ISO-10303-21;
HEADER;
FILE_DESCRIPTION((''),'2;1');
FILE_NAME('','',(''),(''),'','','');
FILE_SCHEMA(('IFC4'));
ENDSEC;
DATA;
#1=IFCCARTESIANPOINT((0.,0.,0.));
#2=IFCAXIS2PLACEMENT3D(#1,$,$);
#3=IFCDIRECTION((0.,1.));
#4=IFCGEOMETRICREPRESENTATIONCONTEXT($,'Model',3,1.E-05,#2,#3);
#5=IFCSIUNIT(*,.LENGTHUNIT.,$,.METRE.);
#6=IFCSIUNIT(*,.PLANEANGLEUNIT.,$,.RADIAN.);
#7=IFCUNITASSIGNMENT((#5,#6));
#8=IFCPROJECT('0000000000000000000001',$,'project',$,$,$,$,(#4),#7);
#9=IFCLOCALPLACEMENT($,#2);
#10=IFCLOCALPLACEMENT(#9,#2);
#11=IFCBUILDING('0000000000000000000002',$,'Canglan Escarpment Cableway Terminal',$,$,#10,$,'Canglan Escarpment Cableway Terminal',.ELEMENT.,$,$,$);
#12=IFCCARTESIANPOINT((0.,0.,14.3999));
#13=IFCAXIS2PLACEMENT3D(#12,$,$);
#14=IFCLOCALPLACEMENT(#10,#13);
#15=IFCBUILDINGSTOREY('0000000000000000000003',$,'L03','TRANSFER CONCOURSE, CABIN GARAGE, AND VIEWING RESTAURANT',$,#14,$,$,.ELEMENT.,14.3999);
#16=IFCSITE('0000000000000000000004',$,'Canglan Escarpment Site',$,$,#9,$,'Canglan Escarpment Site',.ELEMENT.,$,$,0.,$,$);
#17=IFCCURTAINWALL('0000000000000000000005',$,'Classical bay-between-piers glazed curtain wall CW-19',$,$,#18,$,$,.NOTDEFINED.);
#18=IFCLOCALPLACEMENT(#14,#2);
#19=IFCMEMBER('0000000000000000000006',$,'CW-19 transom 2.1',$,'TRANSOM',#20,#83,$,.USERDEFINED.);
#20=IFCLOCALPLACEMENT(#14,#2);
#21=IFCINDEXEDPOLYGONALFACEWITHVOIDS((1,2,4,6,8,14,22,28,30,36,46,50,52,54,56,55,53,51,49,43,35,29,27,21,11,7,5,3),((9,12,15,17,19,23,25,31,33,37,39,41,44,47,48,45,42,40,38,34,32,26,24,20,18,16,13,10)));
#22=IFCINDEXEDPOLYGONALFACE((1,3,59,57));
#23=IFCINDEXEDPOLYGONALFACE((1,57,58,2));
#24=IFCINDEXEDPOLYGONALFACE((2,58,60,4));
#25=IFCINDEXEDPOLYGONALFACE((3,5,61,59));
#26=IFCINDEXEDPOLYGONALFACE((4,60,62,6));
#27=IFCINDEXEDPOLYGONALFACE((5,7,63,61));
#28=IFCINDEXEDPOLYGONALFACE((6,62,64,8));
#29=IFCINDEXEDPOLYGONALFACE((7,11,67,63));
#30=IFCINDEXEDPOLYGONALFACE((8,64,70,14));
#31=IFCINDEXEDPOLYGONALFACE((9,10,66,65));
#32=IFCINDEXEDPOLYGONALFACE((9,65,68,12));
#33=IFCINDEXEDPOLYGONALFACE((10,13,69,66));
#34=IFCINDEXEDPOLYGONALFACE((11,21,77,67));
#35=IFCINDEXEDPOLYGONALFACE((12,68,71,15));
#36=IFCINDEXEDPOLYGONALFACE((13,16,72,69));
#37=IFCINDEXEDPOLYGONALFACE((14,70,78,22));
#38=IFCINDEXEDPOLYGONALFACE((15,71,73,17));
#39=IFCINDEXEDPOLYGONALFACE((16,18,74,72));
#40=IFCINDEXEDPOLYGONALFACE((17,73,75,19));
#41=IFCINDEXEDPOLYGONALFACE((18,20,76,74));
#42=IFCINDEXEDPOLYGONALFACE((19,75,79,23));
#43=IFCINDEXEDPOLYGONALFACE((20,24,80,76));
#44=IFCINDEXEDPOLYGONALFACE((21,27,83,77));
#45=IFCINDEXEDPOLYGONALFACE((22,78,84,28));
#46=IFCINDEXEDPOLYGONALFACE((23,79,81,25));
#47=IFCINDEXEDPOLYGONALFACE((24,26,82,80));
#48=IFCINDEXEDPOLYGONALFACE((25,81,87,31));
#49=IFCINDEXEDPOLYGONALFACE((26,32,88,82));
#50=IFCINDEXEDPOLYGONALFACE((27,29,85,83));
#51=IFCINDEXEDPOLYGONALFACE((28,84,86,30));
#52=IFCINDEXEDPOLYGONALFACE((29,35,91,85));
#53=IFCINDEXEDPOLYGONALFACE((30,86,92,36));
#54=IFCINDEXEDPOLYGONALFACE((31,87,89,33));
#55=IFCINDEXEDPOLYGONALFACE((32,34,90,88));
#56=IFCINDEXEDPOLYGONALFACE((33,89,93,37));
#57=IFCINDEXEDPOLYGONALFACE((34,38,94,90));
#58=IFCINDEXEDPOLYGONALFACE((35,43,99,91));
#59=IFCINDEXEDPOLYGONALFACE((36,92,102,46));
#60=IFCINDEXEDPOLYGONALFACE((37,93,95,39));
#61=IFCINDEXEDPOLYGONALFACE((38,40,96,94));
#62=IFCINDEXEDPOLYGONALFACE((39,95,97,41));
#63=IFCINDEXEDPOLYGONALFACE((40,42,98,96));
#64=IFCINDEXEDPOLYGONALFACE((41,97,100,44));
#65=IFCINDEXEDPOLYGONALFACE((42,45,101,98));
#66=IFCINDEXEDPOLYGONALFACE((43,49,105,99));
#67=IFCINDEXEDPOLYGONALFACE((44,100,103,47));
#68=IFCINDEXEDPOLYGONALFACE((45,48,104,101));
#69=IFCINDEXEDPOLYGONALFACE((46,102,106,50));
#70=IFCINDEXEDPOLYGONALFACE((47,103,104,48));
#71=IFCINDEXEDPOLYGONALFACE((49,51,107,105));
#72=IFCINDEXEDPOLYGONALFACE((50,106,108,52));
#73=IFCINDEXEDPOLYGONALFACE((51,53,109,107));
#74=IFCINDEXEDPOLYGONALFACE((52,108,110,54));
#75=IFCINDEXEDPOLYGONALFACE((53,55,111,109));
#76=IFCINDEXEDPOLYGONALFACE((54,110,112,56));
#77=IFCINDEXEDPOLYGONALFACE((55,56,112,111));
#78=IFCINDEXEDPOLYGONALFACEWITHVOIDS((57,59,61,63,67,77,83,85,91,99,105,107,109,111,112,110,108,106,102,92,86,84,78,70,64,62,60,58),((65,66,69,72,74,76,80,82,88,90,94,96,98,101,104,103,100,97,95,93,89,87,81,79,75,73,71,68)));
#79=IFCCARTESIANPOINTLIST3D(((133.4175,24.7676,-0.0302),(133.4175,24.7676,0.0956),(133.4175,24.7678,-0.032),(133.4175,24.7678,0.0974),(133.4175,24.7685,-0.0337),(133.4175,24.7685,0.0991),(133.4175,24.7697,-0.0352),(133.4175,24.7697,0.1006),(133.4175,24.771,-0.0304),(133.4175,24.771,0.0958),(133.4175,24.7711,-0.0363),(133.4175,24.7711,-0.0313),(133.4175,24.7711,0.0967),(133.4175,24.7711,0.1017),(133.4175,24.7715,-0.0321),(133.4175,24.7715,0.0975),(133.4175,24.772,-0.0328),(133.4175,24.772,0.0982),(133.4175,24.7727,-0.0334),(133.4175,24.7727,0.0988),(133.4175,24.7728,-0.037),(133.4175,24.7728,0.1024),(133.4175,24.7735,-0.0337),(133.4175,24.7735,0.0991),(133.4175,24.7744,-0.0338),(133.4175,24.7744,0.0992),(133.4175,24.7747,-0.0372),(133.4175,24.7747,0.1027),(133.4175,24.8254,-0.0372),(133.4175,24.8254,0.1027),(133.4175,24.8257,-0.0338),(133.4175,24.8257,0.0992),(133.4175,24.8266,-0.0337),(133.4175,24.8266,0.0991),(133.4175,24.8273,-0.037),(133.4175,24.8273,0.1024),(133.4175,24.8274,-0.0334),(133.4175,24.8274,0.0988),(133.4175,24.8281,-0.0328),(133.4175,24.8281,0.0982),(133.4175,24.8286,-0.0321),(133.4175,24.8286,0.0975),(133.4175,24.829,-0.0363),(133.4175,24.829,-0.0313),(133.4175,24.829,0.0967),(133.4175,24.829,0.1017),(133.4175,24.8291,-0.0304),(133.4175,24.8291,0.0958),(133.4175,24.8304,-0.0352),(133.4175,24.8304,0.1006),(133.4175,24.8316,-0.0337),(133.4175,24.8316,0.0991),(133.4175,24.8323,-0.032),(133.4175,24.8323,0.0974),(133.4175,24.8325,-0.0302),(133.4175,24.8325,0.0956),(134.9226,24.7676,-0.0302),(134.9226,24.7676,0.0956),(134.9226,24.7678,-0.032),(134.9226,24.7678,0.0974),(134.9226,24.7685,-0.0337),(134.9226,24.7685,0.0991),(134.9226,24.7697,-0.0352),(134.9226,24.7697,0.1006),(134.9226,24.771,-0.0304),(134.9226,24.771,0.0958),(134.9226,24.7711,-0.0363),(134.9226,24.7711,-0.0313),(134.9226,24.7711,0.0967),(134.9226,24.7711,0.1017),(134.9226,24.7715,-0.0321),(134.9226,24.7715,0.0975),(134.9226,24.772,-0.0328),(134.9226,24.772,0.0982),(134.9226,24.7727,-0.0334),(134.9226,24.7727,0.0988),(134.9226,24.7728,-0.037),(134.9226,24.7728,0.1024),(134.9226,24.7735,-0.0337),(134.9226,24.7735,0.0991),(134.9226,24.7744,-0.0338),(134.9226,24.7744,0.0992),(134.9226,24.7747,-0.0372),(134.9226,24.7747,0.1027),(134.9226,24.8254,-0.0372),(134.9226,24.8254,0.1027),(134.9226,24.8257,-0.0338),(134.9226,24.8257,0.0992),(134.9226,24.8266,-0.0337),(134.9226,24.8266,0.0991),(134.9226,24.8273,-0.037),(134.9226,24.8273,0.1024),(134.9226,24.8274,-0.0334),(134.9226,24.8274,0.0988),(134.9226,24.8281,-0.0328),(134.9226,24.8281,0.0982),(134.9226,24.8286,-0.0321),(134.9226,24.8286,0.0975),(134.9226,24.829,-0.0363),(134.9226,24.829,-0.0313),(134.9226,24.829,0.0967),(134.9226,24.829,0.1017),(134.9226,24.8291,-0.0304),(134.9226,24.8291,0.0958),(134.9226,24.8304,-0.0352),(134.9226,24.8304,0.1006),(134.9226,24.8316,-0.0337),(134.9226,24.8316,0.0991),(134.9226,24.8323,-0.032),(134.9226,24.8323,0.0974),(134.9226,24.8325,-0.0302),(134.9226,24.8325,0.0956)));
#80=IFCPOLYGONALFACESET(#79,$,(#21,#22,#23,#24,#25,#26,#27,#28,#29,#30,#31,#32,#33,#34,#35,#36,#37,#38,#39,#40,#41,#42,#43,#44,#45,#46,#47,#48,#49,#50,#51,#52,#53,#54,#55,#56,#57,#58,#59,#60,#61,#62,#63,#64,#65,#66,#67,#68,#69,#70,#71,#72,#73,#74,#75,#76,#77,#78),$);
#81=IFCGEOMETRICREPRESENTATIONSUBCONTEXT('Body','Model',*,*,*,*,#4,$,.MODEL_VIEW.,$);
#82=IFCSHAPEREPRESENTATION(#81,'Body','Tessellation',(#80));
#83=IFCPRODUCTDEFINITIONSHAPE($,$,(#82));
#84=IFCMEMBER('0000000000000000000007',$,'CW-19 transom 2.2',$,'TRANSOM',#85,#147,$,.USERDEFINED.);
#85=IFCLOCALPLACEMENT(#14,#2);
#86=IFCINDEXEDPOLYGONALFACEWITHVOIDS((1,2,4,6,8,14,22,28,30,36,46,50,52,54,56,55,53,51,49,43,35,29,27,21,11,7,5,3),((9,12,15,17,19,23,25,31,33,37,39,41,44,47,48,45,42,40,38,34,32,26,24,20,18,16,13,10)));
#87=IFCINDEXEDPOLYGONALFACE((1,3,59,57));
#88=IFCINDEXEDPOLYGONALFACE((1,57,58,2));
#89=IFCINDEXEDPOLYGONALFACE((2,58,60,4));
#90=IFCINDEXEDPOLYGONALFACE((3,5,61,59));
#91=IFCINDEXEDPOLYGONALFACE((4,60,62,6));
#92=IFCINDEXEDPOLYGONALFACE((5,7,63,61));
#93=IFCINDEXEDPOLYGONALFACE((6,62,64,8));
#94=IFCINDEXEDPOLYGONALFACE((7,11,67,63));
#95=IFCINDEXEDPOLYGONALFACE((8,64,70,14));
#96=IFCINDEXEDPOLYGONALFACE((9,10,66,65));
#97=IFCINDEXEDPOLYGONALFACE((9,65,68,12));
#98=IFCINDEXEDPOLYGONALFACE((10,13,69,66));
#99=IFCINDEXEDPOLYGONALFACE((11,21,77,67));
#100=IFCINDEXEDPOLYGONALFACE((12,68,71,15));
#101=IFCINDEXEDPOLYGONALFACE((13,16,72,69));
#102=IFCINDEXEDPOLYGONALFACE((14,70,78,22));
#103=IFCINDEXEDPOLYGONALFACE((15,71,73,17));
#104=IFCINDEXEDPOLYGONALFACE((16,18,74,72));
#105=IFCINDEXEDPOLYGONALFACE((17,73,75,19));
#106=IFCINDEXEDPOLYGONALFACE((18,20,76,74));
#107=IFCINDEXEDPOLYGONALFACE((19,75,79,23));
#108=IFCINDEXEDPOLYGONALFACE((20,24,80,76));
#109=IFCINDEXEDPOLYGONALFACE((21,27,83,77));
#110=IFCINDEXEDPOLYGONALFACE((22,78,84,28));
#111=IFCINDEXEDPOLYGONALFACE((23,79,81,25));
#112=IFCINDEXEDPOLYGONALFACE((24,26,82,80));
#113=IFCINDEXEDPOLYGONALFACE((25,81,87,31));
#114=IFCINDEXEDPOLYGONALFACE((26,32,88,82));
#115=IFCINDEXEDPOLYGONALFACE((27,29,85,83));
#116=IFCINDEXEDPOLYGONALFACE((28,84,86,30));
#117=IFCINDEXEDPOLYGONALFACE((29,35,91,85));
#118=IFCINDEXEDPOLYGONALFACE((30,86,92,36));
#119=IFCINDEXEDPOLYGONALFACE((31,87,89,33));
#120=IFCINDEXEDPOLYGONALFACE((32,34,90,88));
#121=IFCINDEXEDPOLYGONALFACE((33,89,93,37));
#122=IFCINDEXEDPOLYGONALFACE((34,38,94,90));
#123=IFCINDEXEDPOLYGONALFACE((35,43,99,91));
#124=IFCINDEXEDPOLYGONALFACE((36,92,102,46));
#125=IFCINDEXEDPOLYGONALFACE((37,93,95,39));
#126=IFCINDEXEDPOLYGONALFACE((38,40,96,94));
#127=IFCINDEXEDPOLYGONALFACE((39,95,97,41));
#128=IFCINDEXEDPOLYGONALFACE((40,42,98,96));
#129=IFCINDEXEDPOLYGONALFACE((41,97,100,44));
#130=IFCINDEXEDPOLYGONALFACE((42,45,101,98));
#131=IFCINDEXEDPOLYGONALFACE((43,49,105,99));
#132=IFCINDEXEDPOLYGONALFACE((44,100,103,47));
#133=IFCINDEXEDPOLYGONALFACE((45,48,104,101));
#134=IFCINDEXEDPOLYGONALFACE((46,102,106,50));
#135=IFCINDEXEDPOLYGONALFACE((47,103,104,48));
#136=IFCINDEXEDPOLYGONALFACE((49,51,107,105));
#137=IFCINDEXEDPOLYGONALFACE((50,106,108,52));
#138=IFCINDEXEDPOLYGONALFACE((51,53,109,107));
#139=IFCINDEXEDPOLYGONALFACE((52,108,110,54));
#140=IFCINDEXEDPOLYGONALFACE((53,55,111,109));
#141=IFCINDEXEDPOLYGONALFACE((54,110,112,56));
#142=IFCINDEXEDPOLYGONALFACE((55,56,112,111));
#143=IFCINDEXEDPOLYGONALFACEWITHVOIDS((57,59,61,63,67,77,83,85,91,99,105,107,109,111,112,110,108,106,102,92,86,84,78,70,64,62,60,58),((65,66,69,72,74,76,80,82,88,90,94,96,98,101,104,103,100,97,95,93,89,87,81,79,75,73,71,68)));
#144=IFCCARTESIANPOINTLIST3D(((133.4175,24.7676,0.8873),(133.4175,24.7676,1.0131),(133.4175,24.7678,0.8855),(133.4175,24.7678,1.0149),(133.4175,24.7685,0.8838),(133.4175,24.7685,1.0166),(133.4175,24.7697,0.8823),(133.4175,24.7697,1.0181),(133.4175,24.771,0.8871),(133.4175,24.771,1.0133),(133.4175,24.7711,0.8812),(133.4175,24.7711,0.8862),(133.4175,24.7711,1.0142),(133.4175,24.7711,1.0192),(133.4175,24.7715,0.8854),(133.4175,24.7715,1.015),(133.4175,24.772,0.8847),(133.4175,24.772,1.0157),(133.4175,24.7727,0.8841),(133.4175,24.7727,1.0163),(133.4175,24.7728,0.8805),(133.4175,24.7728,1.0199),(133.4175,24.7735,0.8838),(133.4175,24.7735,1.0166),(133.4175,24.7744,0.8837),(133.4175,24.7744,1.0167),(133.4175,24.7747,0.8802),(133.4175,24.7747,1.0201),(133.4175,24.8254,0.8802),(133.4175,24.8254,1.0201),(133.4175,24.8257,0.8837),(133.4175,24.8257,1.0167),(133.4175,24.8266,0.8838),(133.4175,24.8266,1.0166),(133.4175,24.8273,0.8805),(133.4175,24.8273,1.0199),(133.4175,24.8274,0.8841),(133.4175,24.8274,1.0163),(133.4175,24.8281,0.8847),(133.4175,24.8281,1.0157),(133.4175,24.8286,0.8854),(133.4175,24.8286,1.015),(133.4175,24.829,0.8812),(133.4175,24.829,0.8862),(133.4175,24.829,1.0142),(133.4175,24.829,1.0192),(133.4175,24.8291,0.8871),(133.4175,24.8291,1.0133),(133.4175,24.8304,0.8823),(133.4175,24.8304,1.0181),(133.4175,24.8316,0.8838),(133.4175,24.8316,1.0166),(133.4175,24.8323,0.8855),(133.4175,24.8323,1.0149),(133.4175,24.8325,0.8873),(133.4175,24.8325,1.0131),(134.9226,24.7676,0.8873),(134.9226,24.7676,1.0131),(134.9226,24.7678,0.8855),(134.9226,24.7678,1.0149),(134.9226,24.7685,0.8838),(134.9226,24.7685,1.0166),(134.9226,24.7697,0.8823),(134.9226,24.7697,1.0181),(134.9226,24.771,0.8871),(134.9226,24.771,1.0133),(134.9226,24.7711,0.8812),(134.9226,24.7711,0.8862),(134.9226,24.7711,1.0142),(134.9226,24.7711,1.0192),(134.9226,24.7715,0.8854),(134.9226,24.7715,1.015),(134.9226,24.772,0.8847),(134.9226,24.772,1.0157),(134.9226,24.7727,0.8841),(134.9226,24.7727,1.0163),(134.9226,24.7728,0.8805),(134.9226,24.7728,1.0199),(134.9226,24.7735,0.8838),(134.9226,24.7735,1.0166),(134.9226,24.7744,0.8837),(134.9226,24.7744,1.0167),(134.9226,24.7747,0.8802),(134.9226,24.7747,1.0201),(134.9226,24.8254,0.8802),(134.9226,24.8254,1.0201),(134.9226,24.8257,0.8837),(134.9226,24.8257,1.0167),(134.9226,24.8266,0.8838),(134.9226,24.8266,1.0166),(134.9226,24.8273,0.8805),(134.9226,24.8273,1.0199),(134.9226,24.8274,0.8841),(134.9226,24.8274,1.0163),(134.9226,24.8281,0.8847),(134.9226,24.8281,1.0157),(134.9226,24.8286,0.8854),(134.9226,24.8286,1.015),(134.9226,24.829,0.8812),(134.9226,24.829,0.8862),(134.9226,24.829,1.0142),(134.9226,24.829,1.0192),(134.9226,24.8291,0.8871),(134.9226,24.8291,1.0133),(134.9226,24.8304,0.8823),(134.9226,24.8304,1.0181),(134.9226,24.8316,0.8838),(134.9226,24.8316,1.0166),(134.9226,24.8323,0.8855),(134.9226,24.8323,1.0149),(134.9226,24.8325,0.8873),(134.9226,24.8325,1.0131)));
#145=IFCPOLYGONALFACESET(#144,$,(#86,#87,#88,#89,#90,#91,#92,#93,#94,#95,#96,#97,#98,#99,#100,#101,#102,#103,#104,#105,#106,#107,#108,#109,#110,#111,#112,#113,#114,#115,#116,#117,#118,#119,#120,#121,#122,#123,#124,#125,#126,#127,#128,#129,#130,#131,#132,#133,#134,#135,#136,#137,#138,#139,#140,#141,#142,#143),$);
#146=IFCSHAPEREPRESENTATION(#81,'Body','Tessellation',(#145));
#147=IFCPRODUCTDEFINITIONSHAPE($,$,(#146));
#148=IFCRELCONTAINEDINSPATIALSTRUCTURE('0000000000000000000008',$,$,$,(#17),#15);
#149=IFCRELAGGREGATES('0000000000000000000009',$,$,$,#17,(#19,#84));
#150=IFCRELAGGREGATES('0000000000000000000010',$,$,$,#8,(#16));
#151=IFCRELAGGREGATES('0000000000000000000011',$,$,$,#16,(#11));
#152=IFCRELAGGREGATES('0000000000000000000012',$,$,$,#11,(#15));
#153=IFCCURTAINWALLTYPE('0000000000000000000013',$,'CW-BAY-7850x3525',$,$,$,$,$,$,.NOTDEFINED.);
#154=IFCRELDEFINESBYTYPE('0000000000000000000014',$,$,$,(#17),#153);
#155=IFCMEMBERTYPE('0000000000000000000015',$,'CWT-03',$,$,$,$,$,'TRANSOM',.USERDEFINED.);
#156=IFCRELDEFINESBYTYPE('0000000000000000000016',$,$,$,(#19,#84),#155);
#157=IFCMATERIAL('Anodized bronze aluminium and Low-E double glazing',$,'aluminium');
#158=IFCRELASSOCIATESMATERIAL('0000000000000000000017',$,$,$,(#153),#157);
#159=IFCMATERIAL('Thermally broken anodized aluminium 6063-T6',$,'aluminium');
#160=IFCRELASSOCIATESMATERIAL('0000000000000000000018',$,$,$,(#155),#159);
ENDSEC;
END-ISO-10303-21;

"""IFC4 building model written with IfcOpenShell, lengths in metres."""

from ifc_helpers import new_model, si_unit, direction, frame, origin, origin_2d, place, context, subcontext, project, spatial, hollow_rectangle, extrude, material, material_profile, profile_set, type_object, element, aggregate, save


model = new_model("IFC4")

# Units and contexts
model_context = context("Model", 3, precision=1e-05, world=origin(), true_north=direction((0.0, 1.0)))
body_context = subcontext(model_context, "Body", "Model", "MODEL_VIEW")
ifc_project = project(units=[si_unit("LENGTHUNIT", "METRE"), si_unit("PLANEANGLEUNIT", "RADIAN")], contexts=[model_context])

# Site, building, storey
site_placement = place(None, origin())
site = spatial("IfcSite", under=ifc_project, at=site_placement, Name="Canglan Escarpment Site", LongName="Canglan Escarpment Site", CompositionType="ELEMENT", RefElevation=0.0)
building_placement = place(site_placement, origin())
building = spatial("IfcBuilding", under=site, at=building_placement, Name="Canglan Escarpment Cableway Terminal", LongName="Canglan Escarpment Cableway Terminal", CompositionType="ELEMENT")
storey_placement = place(building_placement, frame((0.0, 0.0, 14.3999)))
storey = spatial("IfcBuildingStorey", under=building, at=storey_placement, Name="L03", Description="TRANSFER CONCOURSE, CABIN GARAGE, AND VIEWING RESTAURANT", CompositionType="ELEMENT", Elevation=14.3999)

# Curtain wall, members
ifc_material_1 = material(Name="Anodized bronze aluminium and Low-E double glazing", Category="aluminium")
curtain_wall_type = type_object("IfcCurtainWallType", Name="CW-BAY-7850x3525", PredefinedType="NOTDEFINED", material=ifc_material_1)
curtain_wall_placement = place(storey_placement, origin())
curtain_wall = element("IfcCurtainWall", 1, at=curtain_wall_placement, inside=storey, type_object=curtain_wall_type, Name="Classical bay-between-piers glazed curtain wall CW-19", PredefinedType="NOTDEFINED")
ifc_material_2 = material(Name="Thermally broken anodized aluminium 6063-T6", Category="aluminium")
ifc_material_profile_1 = material_profile(ifc_material_2, hollow_rectangle(XDim=0.0649, YDim=0.1399, WallThickness=0.0034, InnerFilletRadius=0.0034, OuterFilletRadius=0.0071, at=origin_2d()), Name="ALU-TRAN 65x140x3.5")
ifc_profile_set_1 = profile_set([ifc_material_profile_1], Name="Thermally broken anodized aluminium 6063-T6")
member_type_1 = type_object("IfcMemberType", Name="CWT-03", ElementType="TRANSOM", PredefinedType="USERDEFINED", material=ifc_profile_set_1)
member_1_placement = place(storey_placement, frame((134.9226, 24.8, 0.0327), z_axis=(-1.0, 0.0, 0.0), x_axis=(0.0, -1.0, 0.0)))
member_1 = element("IfcMember", 2, at=member_1_placement, type_object=member_type_1, Name="CW-19 transom 2.1", ObjectType="TRANSOM", PredefinedType="USERDEFINED", context=body_context, shape_type="SweptSolid", body=[
    extrude(hollow_rectangle(XDim=0.0649, YDim=0.1399, WallThickness=0.0034, InnerFilletRadius=0.0034, OuterFilletRadius=0.0071, at=origin_2d()), origin(), (0.0, 0.0, 1.0), 1.5051),
])
member_2_placement = place(storey_placement, frame((134.9226, 24.8, 0.9502), z_axis=(-1.0, 0.0, 0.0), x_axis=(0.0, -1.0, 0.0)))
member_2 = element("IfcMember", 3, at=member_2_placement, type_object=member_type_1, Name="CW-19 transom 2.2", ObjectType="TRANSOM", PredefinedType="USERDEFINED", context=body_context, shape_type="SweptSolid", body=[
    extrude(hollow_rectangle(XDim=0.0649, YDim=0.1399, WallThickness=0.0034, InnerFilletRadius=0.0034, OuterFilletRadius=0.0071, at=origin_2d()), origin(), (0.0, 0.0, 1.0), 1.5051),
])

aggregate(curtain_wall, [member_1, member_2])

save(model, "model.ifc")
